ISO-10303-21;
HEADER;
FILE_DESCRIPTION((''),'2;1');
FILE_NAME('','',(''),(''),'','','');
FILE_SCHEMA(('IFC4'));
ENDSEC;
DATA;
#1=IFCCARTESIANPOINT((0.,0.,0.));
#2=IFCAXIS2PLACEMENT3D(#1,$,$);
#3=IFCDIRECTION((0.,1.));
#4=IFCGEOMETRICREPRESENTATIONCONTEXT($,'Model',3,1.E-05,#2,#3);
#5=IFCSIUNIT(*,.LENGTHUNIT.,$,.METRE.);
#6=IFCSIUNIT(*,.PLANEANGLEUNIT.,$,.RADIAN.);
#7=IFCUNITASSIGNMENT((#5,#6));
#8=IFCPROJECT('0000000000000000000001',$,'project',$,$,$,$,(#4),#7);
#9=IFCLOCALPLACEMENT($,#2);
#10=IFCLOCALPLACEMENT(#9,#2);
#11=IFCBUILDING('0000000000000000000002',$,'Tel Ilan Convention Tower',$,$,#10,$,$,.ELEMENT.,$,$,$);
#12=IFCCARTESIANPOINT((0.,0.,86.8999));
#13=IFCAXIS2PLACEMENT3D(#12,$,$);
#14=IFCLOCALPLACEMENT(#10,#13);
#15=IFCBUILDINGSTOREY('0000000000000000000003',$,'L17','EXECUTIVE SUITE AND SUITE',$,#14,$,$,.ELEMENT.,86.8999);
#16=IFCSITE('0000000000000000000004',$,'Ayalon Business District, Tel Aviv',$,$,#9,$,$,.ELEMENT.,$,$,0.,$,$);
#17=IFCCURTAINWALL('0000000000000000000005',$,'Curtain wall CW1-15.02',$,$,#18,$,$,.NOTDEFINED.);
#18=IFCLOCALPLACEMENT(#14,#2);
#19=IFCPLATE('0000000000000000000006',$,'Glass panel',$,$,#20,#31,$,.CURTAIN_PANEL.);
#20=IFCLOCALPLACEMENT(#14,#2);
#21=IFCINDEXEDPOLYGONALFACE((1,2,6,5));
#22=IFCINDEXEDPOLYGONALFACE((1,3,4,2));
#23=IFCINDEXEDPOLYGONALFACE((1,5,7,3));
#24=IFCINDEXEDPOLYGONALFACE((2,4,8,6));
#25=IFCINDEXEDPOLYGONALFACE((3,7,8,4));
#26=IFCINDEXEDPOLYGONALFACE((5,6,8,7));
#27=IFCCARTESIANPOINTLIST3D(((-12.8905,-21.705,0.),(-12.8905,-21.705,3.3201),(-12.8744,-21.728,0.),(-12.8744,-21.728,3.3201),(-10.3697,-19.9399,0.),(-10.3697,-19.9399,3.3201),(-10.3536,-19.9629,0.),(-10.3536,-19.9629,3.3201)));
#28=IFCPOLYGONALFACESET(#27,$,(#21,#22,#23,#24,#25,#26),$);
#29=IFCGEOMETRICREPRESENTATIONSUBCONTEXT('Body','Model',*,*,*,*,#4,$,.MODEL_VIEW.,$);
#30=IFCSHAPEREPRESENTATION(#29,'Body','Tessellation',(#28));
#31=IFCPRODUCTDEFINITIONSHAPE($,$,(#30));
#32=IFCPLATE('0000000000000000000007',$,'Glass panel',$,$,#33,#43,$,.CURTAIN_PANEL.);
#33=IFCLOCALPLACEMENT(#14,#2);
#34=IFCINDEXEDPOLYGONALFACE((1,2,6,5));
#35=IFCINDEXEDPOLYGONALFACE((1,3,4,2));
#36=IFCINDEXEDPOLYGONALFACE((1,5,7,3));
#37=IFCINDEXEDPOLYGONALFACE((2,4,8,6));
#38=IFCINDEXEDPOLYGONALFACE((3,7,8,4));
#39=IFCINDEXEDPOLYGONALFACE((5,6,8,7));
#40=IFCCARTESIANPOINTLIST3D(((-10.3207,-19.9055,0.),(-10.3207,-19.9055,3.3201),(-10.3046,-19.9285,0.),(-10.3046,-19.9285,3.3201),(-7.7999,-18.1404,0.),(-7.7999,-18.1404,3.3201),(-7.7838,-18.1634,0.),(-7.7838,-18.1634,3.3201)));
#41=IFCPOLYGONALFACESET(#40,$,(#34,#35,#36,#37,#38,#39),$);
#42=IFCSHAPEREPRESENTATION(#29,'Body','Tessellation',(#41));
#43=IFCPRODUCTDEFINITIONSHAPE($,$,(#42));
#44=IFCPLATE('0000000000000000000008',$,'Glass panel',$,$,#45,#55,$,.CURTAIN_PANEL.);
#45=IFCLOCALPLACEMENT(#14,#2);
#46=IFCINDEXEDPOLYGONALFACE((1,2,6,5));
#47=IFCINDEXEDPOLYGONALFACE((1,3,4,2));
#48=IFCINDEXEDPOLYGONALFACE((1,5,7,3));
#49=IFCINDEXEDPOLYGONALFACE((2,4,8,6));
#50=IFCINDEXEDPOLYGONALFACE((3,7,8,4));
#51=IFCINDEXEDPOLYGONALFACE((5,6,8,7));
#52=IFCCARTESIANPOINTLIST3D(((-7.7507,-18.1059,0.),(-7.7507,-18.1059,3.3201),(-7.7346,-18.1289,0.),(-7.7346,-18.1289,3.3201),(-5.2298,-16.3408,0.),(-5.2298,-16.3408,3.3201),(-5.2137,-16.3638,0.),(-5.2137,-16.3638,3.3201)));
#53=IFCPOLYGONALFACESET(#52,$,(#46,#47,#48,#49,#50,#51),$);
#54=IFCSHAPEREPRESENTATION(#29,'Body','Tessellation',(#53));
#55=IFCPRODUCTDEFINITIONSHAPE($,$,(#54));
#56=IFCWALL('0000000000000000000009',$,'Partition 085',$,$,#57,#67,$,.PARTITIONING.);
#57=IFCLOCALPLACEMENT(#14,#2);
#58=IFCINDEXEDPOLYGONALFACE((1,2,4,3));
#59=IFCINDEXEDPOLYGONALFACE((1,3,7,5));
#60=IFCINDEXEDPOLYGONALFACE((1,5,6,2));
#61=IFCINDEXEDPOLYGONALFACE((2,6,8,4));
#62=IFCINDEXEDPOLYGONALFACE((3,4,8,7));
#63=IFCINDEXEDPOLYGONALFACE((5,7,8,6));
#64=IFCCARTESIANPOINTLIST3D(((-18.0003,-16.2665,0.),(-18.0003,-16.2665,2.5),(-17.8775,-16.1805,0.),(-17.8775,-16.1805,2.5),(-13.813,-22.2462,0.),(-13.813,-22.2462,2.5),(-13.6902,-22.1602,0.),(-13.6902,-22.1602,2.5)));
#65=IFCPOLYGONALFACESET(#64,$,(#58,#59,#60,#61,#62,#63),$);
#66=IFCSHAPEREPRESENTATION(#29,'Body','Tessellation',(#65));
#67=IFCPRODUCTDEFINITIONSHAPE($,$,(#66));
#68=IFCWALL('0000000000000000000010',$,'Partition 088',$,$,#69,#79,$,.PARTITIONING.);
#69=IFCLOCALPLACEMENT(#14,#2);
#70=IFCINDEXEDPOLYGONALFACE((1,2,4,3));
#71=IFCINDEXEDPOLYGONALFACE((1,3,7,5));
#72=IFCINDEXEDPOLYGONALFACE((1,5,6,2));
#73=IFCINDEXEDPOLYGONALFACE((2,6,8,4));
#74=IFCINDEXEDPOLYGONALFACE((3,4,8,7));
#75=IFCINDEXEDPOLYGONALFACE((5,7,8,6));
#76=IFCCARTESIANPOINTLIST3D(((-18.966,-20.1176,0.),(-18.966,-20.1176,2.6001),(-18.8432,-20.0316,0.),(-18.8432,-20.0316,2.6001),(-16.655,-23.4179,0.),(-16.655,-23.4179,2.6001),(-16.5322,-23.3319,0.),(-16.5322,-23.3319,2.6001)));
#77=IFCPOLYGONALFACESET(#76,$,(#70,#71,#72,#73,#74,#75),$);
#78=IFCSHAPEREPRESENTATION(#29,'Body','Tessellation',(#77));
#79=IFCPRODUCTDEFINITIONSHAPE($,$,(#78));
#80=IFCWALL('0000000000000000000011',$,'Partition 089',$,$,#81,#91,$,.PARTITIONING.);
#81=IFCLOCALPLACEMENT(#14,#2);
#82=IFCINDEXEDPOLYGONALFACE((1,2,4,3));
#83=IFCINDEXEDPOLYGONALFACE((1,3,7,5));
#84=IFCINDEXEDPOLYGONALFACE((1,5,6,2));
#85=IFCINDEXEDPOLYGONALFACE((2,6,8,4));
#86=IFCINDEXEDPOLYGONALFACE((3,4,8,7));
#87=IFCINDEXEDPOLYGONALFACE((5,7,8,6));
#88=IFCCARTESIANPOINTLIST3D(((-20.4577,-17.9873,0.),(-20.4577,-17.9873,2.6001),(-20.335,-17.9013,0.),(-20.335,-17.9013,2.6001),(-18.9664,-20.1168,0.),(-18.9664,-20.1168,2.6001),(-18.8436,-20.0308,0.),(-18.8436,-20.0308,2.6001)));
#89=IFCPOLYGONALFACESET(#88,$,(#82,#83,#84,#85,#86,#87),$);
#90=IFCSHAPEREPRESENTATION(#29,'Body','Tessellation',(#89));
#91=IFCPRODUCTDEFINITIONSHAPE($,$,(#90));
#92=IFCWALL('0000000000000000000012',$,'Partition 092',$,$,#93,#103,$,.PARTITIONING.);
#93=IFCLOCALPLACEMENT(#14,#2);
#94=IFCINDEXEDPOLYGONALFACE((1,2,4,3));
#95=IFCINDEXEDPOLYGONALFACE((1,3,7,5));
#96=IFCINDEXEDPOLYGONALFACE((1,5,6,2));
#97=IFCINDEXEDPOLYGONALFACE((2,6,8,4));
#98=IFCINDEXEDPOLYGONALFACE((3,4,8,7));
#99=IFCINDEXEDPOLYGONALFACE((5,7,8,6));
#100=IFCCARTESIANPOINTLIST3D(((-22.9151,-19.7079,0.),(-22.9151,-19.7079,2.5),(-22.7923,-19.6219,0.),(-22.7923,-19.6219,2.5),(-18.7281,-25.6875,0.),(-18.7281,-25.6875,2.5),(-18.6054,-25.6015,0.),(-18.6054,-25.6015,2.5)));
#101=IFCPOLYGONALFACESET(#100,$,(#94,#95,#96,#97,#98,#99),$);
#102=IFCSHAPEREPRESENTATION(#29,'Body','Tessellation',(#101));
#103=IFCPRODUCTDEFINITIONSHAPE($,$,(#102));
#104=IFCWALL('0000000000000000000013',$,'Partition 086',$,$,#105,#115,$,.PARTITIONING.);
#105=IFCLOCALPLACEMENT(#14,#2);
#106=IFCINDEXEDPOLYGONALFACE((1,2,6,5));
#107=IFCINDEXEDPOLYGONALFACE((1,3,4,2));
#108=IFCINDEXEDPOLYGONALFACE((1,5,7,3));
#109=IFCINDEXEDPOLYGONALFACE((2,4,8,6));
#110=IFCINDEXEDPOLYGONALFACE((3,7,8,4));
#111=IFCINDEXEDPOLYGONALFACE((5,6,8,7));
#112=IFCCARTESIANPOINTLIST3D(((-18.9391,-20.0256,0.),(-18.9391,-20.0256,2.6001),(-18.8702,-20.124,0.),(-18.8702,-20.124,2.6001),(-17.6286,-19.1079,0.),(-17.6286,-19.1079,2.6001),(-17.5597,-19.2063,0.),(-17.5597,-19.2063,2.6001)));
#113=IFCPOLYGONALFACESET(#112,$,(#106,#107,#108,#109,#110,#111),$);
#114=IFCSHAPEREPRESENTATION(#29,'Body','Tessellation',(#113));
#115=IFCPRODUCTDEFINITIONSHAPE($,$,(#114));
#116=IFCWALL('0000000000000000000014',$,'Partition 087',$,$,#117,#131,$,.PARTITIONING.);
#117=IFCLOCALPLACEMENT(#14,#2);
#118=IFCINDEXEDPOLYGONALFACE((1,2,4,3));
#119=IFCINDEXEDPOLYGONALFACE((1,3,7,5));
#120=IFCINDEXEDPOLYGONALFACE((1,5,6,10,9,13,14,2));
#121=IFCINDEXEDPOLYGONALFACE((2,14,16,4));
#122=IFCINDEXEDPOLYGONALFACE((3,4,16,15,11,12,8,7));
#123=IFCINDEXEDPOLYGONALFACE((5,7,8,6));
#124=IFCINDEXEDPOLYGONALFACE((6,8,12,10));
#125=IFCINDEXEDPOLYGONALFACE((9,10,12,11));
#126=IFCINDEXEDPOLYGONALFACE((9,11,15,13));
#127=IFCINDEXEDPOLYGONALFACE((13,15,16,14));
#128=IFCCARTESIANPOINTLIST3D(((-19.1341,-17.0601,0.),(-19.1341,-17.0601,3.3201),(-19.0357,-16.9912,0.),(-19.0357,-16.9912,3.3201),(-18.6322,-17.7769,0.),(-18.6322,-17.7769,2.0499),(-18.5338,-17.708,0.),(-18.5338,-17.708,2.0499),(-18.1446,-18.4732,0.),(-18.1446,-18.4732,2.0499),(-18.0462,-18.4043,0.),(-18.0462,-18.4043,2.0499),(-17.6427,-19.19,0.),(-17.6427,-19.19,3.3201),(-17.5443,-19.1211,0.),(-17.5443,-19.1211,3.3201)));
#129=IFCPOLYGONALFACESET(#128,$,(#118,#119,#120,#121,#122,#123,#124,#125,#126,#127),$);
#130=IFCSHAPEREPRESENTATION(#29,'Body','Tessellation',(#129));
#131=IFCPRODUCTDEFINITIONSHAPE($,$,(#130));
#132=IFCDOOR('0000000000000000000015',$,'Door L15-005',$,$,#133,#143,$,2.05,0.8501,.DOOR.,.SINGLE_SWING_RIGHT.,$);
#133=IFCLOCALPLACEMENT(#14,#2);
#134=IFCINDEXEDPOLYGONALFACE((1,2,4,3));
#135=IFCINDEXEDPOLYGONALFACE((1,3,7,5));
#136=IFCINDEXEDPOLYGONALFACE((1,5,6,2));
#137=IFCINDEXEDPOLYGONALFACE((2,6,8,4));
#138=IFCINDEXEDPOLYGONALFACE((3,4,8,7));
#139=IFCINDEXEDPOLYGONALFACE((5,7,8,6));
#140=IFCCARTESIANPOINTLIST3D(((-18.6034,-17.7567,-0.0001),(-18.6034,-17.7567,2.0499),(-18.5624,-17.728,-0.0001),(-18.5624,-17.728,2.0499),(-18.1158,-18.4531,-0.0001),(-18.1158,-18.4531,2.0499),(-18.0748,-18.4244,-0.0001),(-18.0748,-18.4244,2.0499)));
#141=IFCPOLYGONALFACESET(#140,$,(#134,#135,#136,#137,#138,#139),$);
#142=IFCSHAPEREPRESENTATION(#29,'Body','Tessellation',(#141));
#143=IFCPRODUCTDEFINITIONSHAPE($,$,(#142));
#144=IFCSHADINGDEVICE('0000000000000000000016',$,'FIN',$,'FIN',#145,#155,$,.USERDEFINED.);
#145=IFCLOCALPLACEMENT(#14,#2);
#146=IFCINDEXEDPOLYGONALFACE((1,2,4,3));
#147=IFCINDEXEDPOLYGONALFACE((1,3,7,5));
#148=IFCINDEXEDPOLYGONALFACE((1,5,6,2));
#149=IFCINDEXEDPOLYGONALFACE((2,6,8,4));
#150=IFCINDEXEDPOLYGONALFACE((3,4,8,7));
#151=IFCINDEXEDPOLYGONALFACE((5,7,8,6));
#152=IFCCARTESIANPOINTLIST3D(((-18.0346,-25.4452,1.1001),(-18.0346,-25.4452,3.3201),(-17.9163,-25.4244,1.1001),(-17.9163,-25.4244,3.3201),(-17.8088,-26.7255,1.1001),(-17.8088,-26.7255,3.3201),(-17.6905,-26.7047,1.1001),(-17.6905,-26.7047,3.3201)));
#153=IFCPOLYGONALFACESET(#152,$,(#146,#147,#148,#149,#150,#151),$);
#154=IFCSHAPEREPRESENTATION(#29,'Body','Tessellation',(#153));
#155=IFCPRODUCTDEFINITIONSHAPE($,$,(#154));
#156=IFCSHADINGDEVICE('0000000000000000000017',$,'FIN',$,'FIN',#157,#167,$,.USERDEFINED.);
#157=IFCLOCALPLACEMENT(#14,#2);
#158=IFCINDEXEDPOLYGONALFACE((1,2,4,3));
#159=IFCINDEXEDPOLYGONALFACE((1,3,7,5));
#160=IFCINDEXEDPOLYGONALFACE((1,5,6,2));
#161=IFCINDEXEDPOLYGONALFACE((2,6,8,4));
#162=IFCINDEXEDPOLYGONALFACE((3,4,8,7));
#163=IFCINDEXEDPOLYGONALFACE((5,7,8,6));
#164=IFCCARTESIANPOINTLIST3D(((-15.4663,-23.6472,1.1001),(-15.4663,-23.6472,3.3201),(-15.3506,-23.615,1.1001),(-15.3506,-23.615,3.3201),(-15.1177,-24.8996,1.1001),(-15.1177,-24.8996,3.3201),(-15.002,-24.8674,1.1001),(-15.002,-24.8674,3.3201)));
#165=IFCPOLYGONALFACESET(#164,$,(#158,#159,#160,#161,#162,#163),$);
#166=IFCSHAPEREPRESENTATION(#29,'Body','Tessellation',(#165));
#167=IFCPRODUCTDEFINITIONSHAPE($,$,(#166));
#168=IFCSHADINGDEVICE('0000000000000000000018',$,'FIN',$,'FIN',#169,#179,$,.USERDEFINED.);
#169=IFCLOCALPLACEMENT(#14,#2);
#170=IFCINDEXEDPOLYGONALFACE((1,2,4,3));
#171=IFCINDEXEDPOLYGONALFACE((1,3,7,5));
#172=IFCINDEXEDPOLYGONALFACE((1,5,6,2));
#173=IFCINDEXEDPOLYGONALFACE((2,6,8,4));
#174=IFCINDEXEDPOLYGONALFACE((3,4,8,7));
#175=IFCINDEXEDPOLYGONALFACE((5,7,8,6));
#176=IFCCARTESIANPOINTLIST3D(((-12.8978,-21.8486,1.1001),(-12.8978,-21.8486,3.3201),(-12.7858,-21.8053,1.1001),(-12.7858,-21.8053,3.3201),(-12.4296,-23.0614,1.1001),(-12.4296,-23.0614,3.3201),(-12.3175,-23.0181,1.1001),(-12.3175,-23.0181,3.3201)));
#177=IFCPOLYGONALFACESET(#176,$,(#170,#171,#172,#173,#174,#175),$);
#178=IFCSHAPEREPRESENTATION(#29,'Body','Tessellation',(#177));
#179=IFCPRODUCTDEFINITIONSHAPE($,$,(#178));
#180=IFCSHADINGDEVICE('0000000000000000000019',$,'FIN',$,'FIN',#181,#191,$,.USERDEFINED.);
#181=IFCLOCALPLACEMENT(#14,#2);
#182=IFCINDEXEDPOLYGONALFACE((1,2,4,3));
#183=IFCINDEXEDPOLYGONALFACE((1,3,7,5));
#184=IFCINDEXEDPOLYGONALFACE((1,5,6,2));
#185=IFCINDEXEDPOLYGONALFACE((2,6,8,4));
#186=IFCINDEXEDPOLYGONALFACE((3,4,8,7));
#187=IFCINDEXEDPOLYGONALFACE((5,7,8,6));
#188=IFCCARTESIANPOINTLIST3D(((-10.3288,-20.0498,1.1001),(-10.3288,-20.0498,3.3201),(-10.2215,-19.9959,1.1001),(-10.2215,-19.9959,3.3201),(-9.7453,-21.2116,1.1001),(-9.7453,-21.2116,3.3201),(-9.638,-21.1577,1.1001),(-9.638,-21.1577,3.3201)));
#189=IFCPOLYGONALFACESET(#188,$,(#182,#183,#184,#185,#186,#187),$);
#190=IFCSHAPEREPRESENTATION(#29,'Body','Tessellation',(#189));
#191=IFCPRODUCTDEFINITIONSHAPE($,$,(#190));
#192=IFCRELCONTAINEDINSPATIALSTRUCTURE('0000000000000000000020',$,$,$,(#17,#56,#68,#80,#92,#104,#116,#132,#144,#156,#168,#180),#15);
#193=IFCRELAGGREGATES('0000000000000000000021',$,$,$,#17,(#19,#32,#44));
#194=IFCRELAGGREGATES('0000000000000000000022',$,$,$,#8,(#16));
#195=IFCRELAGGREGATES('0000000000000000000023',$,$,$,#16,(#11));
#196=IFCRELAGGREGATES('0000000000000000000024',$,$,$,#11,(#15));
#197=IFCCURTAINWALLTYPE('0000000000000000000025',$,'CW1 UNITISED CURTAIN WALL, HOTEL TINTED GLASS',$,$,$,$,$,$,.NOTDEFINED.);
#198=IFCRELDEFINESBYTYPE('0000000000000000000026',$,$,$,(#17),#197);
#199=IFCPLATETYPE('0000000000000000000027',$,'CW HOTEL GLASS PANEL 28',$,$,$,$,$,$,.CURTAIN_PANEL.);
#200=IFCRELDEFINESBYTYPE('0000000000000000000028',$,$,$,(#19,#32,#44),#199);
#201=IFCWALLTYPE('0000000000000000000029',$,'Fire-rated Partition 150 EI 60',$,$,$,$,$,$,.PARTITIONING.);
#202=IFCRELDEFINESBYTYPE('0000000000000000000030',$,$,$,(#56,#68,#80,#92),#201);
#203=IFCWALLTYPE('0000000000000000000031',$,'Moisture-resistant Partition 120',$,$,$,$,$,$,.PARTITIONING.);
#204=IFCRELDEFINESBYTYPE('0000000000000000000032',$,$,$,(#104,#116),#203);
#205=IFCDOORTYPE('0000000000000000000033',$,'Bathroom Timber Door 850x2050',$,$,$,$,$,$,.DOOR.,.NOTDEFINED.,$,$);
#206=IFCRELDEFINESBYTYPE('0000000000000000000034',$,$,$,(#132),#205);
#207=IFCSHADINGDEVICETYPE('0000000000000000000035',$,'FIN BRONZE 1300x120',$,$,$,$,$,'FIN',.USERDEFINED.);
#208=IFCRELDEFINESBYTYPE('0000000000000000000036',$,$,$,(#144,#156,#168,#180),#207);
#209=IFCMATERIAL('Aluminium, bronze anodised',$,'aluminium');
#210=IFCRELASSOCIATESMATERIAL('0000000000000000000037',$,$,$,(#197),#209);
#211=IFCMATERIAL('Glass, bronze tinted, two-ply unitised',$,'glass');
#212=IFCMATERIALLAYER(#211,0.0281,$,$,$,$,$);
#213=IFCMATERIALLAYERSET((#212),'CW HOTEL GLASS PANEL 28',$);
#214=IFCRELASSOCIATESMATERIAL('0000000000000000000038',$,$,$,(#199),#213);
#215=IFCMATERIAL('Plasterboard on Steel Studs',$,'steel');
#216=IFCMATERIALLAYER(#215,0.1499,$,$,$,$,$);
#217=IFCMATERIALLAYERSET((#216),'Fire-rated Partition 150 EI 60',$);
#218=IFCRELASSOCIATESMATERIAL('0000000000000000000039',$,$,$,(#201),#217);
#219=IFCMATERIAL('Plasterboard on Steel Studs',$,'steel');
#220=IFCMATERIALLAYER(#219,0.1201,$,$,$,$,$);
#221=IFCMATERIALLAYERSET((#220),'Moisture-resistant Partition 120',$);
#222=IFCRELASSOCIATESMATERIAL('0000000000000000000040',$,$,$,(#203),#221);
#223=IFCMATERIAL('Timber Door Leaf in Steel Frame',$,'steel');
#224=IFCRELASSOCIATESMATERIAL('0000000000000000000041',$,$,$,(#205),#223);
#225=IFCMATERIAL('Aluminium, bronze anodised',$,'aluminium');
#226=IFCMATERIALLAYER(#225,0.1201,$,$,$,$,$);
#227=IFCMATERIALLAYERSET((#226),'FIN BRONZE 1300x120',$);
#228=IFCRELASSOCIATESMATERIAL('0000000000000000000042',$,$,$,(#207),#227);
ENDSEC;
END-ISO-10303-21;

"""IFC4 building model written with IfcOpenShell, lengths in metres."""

from ifc_helpers import new_model, si_unit, direction, frame, frame_2d, origin, origin_2d, place, context, subcontext, project, spatial, rectangle, extrude, material, layer, layer_set, type_object, element, fill, aggregate, save


model = new_model("IFC4")

# Units and contexts
model_context = context("Model", 3, precision=1e-05, world=origin(), true_north=direction((0.0, 1.0)))
body_context = subcontext(model_context, "Body", "Model", "MODEL_VIEW")
ifc_project = project(units=[si_unit("LENGTHUNIT", "METRE"), si_unit("PLANEANGLEUNIT", "RADIAN")], contexts=[model_context])

# Site, building, storey
site_placement = place(None, origin())
site = spatial("IfcSite", under=ifc_project, at=site_placement, Name="Ayalon Business District, Tel Aviv", CompositionType="ELEMENT", RefElevation=0.0)
building_placement = place(site_placement, origin())
building = spatial("IfcBuilding", under=site, at=building_placement, Name="Tel Ilan Convention Tower", CompositionType="ELEMENT")
storey_placement = place(building_placement, frame((0.0, 0.0, 86.8999)))
storey = spatial("IfcBuildingStorey", under=building, at=storey_placement, Name="L17", Description="EXECUTIVE SUITE AND SUITE", CompositionType="ELEMENT", Elevation=86.8999)

# Curtain wall, plates
ifc_material_1 = material(Name="Aluminium, bronze anodised", Category="aluminium")
curtain_wall_type = type_object("IfcCurtainWallType", Name="CW1 UNITISED CURTAIN WALL, HOTEL TINTED GLASS", PredefinedType="NOTDEFINED", material=ifc_material_1)
curtain_wall_placement = place(storey_placement, origin())
curtain_wall = element("IfcCurtainWall", 1, at=curtain_wall_placement, inside=storey, type_object=curtain_wall_type, Name="Curtain wall CW1-15.02", PredefinedType="NOTDEFINED")
ifc_material_2 = material(Name="Glass, bronze tinted, two-ply unitised", Category="glass")
ifc_layer_1 = layer(ifc_material_2, 0.0281)
ifc_layer_set_1 = layer_set([ifc_layer_1], Name="CW HOTEL GLASS PANEL 28")
plate_type = type_object("IfcPlateType", Name="CW HOTEL GLASS PANEL 28", PredefinedType="CURTAIN_PANEL", material=ifc_layer_set_1)
plate_1_placement = place(storey_placement, frame((-11.6221, -20.834, 0.0), z_axis=(0.0, 0.0, 1.0), x_axis=(0.819152, 0.573576, 0.0)))
plate_1 = element("IfcPlate", 2, at=plate_1_placement, type_object=plate_type, Name="Glass panel", PredefinedType="CURTAIN_PANEL", context=body_context, shape_type="SweptSolid", body=[
    extrude(rectangle(XDim=3.0774, YDim=0.0281, at=origin_2d()), origin(), (0.0, 0.0, 1.0), 3.3201),
])
plate_2_placement = place(storey_placement, frame((-9.0522, -19.0344, 0.0), z_axis=(0.0, 0.0, 1.0), x_axis=(0.819152, 0.573576, 0.0)))
plate_2 = element("IfcPlate", 3, at=plate_2_placement, type_object=plate_type, Name="Glass panel", PredefinedType="CURTAIN_PANEL", context=body_context, shape_type="SweptSolid", body=[
    extrude(rectangle(XDim=3.0774, YDim=0.0281, at=origin_2d()), origin(), (0.0, 0.0, 1.0), 3.3201),
])
plate_3_placement = place(storey_placement, frame((-6.4822, -17.2349, 0.0), z_axis=(0.0, 0.0, 1.0), x_axis=(0.819152, 0.573576, 0.0)))
plate_3 = element("IfcPlate", 4, at=plate_3_placement, type_object=plate_type, Name="Glass panel", PredefinedType="CURTAIN_PANEL", context=body_context, shape_type="SweptSolid", body=[
    extrude(rectangle(XDim=3.0774, YDim=0.0281, at=origin_2d()), origin(), (0.0, 0.0, 1.0), 3.3201),
])
aggregate(curtain_wall, [plate_1, plate_2, plate_3])

# Walls
ifc_material_3 = material(Name="Plasterboard on Steel Studs", Category="steel")
ifc_layer_2 = layer(ifc_material_3, 0.1499)
ifc_layer_set_2 = layer_set([ifc_layer_2], Name="Fire-rated Partition 150 EI 60")
wall_type_1 = type_object("IfcWallType", Name="Fire-rated Partition 150 EI 60", PredefinedType="PARTITIONING", material=ifc_layer_set_2)
wall_1_placement = place(storey_placement, frame((-13.7517, -22.2031, 0.0), z_axis=(0.0, 0.0, 1.0), x_axis=(-0.573595, 0.819139, 0.0)))
element("IfcWall", 5, at=wall_1_placement, inside=storey, type_object=wall_type_1, Name="Partition 085", PredefinedType="PARTITIONING", context=body_context, shape_type="SweptSolid", body=[
    extrude(rectangle(XDim=7.3, YDim=0.1499, at=frame_2d((3.6499, 0.0))), origin(), (0.0, 0.0, 1.0), 2.5),
])
wall_2_placement = place(storey_placement, frame((-16.5935, -23.375, 0.0), z_axis=(0.0, 0.0, 1.0), x_axis=(-0.573601, 0.819135, 0.0)))
element("IfcWall", 6, at=wall_2_placement, inside=storey, type_object=wall_type_1, Name="Partition 088", PredefinedType="PARTITIONING", context=body_context, shape_type="SweptSolid", body=[
    extrude(rectangle(XDim=4.0291, YDim=0.1499, at=frame_2d((2.0146, 0.0))), origin(), (0.0, 0.0, 1.0), 2.6001),
])
wall_3_placement = place(storey_placement, frame((-18.905, -20.0737, 0.0), z_axis=(0.0, 0.0, 1.0), x_axis=(-0.573645, 0.819104, 0.0)))
element("IfcWall", 7, at=wall_3_placement, inside=storey, type_object=wall_type_1, Name="Partition 089", PredefinedType="PARTITIONING", context=body_context, shape_type="SweptSolid", body=[
    extrude(rectangle(XDim=2.5999, YDim=0.1499, at=frame_2d((1.2998, 0.0))), origin(), (0.0, 0.0, 1.0), 2.6001),
])
wall_4_placement = place(storey_placement, frame((-18.6667, -25.6445, 0.0), z_axis=(0.0, 0.0, 1.0), x_axis=(-0.573572, 0.819155, 0.0)))
element("IfcWall", 8, at=wall_4_placement, inside=storey, type_object=wall_type_1, Name="Partition 092", PredefinedType="PARTITIONING", context=body_context, shape_type="SweptSolid", body=[
    extrude(rectangle(XDim=7.2998, YDim=0.1499, at=frame_2d((3.6499, 0.0))), origin(), (0.0, 0.0, 1.0), 2.5),
])
ifc_material_4 = material(Name="Plasterboard on Steel Studs", Category="steel")
ifc_layer_3 = layer(ifc_material_4, 0.1201)
ifc_layer_set_3 = layer_set([ifc_layer_3], Name="Moisture-resistant Partition 120")
wall_type_2 = type_object("IfcWallType", Name="Moisture-resistant Partition 120", PredefinedType="PARTITIONING", material=ifc_layer_set_3)
wall_5_placement = place(storey_placement, frame((-18.9045, -20.0747, 0.0), z_axis=(0.0, 0.0, 1.0), x_axis=(0.819132, 0.573606, 0.0)))
element("IfcWall", 9, at=wall_5_placement, inside=storey, type_object=wall_type_2, Name="Partition 086", PredefinedType="PARTITIONING", context=body_context, shape_type="SweptSolid", body=[
    extrude(rectangle(XDim=1.5999, YDim=0.1201, at=frame_2d((0.7998, 0.0))), origin(), (0.0, 0.0, 1.0), 2.6001),
])

# Wall, opening, door
wall_6_placement = place(storey_placement, frame((-17.5935, -19.1555, 0.0), z_axis=(0.0, 0.0, 1.0), x_axis=(-0.573601, 0.819135, 0.0)))
wall_6 = element("IfcWall", 10, at=wall_6_placement, inside=storey, type_object=wall_type_2, Name="Partition 087", PredefinedType="PARTITIONING", context=body_context, shape_type="SweptSolid", body=[
    extrude(rectangle(XDim=2.6001, YDim=0.1201, at=frame_2d((1.3, 0.0))), origin(), (0.0, 0.0, 1.0), 3.3201),
])
opening_placement = place(wall_6_placement, frame((0.875, 0.0, 0.0)))
opening = element("IfcOpeningElement", 11, at=opening_placement, cuts=wall_6, PredefinedType="OPENING", context=body_context, shape_type="SweptSolid", body=[
    extrude(rectangle(XDim=0.8501, YDim=2.05, at=frame_2d((0.425, 1.0249))), frame((0.0, 0.0701, 0.0), z_axis=(0.0, -1.0, 0.0), x_axis=(1.0, 0.0, 0.0)), (0.0, 0.0, 1.0), 0.1401),
])
ifc_material_5 = material(Name="Timber Door Leaf in Steel Frame", Category="steel")
door_type = type_object("IfcDoorType", Name="Bathroom Timber Door 850x2050", OperationType="NOTDEFINED", PredefinedType="DOOR", material=ifc_material_5)
door_placement = place(opening_placement, origin())
door = element("IfcDoor", 12, at=door_placement, inside=storey, type_object=door_type, Name="Door L15-005", OperationType="SINGLE_SWING_RIGHT", OverallHeight=2.05, OverallWidth=0.8501, PredefinedType="DOOR", context=body_context, shape_type="SweptSolid", body=[
    extrude(rectangle(XDim=0.8501, YDim=2.05, at=frame_2d((0.425, 1.0249))), frame((0.0, 0.0249, 0.0), z_axis=(0.0, -1.0, 0.0), x_axis=(1.0, 0.0, 0.0)), (0.0, 0.0, 1.0), 0.05),
])
fill(opening, door)

# Shading devices
ifc_material_6 = material(Name="Aluminium, bronze anodised", Category="aluminium")
ifc_layer_4 = layer(ifc_material_6, 0.1201)
ifc_layer_set_4 = layer_set([ifc_layer_4], Name="FIN BRONZE 1300x120")
shading_device_type = type_object("IfcShadingDeviceType", Name="FIN BRONZE 1300x120", ElementType="FIN", PredefinedType="USERDEFINED", material=ifc_layer_set_4)
for number, where, z_axis, x_axis, name in (
    (13, (-17.8625, -26.075, 1.1001), (0.0, 0.0, 1.0), (0.173648, -0.984808, 0.0), "FIN"),
    (14, (-15.2341, -24.2573, 1.1001), (0.0, 0.0, 1.0), (0.268173, -0.963371, 0.0), "FIN"),
    (15, (-12.6077, -22.4333, 1.1001), (0.0, 0.0, 1.0), (0.360178, -0.932884, 0.0), "FIN"),
    (16, (-9.9834, -20.6038, 1.1001), (0.0, 0.0, 1.0), (0.448799, -0.893633, 0.0), "FIN"),
):
    element("IfcShadingDevice", number, at=place(storey_placement, frame(where, z_axis=z_axis, x_axis=x_axis)), inside=storey, type_object=shading_device_type, Name=name, ObjectType="FIN", PredefinedType="USERDEFINED", context=body_context, shape_type="SweptSolid", body=[
        extrude(rectangle(XDim=1.3, YDim=0.1201, at=origin_2d()), origin(), (0.0, 0.0, 1.0), 2.22),
    ])

save(model, "model.ifc")
